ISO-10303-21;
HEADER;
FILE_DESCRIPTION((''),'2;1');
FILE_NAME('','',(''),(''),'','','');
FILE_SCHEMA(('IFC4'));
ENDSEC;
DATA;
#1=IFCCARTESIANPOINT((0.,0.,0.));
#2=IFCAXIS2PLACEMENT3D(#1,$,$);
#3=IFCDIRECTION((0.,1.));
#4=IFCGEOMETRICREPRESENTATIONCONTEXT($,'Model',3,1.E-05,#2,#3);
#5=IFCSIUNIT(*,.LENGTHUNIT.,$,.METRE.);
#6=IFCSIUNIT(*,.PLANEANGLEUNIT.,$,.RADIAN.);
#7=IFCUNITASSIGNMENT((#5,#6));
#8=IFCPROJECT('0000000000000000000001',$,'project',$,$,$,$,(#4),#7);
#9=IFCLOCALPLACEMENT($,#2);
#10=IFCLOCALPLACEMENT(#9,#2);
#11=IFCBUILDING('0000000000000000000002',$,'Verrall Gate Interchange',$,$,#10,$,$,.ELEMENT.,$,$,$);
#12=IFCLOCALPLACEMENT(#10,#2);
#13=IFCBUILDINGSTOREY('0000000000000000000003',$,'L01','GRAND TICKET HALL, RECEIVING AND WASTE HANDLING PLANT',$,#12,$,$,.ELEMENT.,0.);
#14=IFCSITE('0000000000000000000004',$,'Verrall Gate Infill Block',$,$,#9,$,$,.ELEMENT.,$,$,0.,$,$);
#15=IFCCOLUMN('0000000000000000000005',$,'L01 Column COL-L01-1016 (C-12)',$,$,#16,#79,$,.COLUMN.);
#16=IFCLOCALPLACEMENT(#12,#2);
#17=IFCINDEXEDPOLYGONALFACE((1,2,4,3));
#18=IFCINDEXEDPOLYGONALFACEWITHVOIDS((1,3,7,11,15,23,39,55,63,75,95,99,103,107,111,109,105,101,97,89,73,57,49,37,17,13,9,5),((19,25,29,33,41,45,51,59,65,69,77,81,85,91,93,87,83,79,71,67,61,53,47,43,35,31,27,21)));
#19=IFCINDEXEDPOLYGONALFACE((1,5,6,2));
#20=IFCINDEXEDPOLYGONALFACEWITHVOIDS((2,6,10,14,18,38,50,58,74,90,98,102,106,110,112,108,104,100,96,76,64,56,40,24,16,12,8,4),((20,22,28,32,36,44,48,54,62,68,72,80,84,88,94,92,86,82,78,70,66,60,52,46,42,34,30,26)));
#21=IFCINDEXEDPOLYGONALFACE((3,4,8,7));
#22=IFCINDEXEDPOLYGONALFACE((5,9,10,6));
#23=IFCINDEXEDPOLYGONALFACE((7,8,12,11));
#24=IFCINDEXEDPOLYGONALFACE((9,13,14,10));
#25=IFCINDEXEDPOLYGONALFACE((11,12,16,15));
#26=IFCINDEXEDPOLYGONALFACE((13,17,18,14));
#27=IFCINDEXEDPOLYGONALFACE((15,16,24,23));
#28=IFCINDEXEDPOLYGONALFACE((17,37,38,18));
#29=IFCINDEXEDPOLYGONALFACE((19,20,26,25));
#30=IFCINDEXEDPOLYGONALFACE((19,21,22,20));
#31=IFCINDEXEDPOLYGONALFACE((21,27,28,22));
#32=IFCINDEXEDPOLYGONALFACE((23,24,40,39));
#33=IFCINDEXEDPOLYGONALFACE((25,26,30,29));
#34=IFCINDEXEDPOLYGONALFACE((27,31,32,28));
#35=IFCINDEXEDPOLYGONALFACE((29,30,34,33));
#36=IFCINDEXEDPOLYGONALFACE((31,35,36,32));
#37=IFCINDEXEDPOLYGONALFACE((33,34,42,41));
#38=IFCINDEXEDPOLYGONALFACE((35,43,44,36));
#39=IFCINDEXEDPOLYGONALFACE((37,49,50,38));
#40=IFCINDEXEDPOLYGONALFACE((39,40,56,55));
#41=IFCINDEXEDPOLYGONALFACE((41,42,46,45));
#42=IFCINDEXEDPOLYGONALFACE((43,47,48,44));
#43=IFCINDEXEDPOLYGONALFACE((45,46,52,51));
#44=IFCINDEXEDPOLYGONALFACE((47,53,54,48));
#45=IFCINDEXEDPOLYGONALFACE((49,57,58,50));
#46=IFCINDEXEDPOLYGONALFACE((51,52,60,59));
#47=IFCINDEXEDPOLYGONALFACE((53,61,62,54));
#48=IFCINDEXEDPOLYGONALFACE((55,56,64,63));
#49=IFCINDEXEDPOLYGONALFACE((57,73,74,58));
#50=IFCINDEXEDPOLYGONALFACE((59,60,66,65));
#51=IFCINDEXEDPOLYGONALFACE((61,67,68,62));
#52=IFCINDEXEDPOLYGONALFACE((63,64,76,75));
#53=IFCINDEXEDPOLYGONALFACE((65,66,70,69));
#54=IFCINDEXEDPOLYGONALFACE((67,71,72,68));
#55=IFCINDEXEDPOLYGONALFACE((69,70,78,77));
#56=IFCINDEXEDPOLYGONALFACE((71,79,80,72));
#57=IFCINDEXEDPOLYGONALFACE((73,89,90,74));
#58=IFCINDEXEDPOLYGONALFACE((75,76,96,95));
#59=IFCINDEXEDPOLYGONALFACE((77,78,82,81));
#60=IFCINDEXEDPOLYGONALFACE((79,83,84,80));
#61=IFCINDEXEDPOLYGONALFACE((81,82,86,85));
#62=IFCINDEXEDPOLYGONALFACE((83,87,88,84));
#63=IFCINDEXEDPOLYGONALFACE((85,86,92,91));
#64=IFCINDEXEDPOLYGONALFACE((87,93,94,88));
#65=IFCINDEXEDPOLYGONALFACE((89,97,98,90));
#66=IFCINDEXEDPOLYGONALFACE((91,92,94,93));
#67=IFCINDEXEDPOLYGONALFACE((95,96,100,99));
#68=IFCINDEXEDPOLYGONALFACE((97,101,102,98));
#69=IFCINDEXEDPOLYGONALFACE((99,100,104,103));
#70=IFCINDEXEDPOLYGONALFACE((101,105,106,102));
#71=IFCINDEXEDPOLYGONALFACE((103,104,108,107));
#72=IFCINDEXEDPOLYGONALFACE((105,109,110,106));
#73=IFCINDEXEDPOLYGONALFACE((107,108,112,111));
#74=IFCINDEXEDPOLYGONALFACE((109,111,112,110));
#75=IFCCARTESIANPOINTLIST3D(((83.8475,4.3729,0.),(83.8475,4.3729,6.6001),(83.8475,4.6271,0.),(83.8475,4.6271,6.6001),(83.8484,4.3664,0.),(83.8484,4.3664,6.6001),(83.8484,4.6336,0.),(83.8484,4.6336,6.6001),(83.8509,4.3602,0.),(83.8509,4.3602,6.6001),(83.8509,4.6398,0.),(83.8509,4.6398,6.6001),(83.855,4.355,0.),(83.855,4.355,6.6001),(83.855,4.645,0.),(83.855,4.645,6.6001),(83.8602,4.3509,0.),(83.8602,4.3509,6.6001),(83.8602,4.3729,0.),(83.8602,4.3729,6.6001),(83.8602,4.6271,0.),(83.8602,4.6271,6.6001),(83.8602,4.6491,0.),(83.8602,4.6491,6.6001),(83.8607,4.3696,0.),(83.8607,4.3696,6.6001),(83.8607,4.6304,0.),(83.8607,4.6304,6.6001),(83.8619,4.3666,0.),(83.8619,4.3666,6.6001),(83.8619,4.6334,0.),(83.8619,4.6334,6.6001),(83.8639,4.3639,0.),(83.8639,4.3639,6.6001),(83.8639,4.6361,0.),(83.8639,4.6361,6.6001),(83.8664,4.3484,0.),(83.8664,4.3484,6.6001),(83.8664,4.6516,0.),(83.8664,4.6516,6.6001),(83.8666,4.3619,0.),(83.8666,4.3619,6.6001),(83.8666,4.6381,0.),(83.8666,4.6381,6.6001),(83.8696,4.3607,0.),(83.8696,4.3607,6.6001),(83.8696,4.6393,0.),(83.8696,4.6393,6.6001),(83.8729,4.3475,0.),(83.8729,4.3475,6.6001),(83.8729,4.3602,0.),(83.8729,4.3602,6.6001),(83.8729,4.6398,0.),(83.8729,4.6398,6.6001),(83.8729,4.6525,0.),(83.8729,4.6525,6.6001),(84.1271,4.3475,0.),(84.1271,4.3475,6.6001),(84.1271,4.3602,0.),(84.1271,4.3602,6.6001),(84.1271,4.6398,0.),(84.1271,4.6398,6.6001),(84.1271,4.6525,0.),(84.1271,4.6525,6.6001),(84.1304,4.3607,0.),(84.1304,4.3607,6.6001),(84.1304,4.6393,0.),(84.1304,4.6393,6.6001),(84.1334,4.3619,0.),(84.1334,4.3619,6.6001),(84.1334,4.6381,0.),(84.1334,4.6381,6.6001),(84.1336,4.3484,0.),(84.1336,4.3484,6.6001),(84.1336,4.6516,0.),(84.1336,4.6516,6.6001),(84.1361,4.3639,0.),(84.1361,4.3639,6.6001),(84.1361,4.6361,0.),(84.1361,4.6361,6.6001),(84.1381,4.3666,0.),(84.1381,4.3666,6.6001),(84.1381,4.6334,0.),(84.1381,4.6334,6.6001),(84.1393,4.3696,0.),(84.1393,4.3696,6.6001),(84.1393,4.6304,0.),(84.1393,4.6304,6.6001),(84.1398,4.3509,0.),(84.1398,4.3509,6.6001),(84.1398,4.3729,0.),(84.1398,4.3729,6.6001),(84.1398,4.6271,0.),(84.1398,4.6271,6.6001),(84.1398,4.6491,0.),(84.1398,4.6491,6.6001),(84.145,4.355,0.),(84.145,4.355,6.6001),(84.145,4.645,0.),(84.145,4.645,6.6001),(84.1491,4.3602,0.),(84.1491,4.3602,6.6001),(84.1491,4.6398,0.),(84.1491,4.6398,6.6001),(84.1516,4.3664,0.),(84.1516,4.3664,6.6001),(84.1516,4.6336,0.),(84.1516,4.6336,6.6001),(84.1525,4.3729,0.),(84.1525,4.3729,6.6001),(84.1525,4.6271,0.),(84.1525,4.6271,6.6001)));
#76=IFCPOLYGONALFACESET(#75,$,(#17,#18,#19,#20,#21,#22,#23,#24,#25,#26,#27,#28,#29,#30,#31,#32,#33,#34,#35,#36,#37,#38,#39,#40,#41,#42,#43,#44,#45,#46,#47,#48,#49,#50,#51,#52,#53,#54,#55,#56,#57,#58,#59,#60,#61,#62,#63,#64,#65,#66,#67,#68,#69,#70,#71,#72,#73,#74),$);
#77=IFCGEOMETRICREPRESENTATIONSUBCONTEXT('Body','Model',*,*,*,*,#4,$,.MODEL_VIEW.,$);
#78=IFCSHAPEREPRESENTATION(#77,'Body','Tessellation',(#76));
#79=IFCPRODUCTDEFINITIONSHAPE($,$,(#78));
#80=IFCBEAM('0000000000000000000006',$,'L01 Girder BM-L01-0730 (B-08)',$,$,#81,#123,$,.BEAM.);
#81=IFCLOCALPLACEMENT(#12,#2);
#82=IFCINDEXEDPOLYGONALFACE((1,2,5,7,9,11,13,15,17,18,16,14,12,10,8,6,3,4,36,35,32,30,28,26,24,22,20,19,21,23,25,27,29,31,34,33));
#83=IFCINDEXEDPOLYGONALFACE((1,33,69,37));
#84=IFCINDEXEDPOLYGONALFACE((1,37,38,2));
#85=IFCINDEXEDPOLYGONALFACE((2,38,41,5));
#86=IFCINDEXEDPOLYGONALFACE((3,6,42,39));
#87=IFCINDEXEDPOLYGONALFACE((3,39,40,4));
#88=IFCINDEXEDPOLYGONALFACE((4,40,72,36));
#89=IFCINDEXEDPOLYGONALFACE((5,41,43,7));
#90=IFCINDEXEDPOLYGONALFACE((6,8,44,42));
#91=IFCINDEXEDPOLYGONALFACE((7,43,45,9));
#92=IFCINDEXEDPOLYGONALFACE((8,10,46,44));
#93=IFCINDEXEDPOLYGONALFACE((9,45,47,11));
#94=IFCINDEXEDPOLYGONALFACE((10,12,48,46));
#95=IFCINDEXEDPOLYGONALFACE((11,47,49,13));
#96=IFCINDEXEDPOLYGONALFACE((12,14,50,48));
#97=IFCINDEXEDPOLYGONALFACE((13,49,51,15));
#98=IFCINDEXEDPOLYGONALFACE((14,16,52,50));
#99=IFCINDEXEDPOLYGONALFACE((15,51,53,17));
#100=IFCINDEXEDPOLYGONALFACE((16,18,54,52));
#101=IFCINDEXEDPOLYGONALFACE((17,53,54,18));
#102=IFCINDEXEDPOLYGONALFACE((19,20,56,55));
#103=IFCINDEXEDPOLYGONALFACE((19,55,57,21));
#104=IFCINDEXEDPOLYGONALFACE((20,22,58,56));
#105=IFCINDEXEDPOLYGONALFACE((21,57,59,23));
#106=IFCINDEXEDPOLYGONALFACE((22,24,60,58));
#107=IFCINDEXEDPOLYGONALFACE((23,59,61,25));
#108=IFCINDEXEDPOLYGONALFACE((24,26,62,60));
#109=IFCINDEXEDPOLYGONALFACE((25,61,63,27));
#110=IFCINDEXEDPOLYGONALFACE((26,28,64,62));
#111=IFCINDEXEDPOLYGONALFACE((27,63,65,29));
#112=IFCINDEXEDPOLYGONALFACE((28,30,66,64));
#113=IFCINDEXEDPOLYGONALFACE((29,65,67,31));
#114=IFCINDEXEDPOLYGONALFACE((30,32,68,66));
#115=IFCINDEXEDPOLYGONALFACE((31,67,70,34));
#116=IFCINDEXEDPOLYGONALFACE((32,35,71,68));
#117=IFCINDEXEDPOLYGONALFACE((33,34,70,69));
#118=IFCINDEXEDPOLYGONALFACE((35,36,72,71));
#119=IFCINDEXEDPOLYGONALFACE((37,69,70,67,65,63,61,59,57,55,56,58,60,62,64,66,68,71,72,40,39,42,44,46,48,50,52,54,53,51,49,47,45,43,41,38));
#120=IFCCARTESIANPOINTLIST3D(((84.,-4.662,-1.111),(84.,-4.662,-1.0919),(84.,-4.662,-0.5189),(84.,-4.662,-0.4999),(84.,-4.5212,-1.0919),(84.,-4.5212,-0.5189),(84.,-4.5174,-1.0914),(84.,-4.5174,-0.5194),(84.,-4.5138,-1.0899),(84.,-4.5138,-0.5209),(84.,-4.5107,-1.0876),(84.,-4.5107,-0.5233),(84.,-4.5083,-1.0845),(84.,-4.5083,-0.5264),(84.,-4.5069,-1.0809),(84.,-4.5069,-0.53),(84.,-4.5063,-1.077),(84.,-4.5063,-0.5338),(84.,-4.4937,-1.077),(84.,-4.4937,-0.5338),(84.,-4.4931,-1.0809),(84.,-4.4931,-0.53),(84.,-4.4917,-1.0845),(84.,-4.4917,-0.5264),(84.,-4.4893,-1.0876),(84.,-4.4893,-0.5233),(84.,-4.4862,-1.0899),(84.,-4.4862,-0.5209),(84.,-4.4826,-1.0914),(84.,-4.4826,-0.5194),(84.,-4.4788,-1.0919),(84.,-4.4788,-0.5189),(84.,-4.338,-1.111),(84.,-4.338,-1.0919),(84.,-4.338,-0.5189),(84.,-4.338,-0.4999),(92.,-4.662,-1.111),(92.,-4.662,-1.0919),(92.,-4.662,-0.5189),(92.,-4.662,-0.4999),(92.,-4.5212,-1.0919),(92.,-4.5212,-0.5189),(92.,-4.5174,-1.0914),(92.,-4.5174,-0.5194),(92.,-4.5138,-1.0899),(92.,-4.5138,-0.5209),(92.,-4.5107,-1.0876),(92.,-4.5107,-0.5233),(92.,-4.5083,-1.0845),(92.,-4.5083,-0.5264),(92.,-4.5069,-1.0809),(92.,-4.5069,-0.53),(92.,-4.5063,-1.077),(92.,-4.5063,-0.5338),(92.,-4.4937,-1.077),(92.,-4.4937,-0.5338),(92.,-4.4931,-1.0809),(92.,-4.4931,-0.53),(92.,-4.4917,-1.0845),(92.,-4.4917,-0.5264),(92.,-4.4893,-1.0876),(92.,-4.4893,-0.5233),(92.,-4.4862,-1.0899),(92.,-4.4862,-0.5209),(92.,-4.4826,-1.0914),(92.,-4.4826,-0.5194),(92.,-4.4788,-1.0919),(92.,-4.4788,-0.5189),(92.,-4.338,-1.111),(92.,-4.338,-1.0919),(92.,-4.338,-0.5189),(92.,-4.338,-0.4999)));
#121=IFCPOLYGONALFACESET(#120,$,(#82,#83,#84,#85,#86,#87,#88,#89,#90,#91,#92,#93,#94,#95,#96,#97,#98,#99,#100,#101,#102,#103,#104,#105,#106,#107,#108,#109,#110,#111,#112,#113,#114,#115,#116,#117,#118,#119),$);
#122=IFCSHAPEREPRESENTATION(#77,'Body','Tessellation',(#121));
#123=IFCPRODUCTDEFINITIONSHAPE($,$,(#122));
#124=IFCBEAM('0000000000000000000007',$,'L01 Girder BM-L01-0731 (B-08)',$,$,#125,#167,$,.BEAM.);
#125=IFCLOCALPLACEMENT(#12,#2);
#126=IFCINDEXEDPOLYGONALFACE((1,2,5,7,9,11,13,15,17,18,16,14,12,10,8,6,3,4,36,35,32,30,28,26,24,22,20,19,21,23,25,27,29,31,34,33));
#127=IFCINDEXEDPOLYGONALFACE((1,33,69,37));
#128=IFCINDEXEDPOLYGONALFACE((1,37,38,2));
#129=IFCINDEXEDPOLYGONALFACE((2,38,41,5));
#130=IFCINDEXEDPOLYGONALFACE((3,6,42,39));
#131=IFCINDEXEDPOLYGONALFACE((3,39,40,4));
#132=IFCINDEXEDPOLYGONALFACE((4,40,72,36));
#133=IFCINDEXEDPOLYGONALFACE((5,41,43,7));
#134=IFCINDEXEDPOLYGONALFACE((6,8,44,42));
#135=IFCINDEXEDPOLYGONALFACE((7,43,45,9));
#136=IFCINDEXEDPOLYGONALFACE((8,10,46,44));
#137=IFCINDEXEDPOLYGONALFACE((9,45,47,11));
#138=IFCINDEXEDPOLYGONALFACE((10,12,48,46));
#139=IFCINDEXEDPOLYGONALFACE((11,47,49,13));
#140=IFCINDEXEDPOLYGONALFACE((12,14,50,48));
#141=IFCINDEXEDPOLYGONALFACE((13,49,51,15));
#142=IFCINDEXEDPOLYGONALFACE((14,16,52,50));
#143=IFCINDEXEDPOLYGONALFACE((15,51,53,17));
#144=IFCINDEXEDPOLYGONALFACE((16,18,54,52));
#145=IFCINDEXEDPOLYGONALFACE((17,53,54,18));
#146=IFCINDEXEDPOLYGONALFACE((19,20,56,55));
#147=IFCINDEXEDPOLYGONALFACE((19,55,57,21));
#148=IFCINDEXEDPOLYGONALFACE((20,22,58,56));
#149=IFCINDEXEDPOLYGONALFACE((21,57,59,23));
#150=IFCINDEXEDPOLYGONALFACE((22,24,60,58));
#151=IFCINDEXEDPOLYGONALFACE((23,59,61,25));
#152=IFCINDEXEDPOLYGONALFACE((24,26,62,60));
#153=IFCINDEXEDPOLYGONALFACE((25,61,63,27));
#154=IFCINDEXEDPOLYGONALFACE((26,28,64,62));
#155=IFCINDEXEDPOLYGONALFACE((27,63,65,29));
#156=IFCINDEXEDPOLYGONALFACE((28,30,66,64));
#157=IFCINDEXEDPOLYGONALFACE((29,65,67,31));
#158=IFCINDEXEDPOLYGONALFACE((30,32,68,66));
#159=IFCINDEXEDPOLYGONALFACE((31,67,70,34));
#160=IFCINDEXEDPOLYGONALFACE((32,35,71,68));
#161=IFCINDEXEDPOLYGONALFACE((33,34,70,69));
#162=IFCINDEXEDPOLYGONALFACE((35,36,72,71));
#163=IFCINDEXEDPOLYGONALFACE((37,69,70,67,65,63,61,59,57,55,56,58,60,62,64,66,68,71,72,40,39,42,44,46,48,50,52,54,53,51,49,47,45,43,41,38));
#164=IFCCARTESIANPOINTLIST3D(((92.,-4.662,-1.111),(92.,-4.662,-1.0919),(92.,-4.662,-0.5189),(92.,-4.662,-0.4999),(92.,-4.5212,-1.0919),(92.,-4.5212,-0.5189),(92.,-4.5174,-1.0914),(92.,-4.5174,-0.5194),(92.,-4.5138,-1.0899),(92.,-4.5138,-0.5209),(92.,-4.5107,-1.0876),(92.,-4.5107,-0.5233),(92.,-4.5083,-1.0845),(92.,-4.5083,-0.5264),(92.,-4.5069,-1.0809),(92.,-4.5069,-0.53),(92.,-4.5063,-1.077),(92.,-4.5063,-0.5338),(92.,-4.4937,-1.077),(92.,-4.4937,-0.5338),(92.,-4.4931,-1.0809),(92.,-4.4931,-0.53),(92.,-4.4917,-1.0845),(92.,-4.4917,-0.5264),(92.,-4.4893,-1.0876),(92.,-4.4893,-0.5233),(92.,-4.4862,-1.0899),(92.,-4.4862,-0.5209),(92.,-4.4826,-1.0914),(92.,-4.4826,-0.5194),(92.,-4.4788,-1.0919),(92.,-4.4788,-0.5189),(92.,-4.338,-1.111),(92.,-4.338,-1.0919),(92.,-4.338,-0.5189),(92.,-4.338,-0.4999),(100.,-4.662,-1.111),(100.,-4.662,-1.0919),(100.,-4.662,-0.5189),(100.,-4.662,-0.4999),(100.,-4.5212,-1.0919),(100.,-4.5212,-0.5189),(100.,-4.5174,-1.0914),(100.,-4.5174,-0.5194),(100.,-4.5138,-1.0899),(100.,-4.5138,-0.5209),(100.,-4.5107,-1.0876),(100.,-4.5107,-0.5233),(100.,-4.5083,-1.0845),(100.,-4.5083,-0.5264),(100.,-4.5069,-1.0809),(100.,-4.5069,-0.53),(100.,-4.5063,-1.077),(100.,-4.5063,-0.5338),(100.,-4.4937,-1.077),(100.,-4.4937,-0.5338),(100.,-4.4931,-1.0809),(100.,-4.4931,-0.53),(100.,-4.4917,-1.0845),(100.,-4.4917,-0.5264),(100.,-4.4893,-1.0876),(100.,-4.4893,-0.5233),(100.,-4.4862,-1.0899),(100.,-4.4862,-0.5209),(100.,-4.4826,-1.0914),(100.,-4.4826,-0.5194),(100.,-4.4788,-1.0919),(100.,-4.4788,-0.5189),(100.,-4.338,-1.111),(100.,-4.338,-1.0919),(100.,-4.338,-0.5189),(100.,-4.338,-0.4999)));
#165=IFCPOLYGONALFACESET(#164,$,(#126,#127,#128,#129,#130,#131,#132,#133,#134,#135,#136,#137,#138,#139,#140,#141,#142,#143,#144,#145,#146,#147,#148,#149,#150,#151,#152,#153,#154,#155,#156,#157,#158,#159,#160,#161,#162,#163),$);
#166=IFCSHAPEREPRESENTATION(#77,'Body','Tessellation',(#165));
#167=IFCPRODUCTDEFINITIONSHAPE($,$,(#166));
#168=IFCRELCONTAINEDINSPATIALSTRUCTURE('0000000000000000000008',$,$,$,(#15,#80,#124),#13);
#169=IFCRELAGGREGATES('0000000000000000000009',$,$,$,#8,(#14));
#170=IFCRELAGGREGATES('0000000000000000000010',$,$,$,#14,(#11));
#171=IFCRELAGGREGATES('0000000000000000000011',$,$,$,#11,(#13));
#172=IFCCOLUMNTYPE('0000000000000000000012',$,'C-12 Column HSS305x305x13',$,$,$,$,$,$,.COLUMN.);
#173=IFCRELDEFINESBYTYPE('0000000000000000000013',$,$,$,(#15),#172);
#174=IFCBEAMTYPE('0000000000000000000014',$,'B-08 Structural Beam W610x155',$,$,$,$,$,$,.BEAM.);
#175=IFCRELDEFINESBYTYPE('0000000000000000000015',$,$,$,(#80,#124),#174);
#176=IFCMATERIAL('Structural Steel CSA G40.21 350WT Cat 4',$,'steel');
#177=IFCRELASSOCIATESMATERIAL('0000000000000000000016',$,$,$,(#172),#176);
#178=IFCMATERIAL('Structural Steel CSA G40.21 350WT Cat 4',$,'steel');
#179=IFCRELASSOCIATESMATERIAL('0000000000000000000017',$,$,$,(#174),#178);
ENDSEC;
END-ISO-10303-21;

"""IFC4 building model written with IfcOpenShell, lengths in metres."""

from ifc_helpers import new_model, si_unit, direction, frame, origin, origin_2d, place, context, subcontext, project, spatial, hollow_rectangle, i_section, extrude, material, material_profile, profile_set, type_object, element, save


model = new_model("IFC4")

# Units and contexts
model_context = context("Model", 3, precision=1e-05, world=origin(), true_north=direction((0.0, 1.0)))
body_context = subcontext(model_context, "Body", "Model", "MODEL_VIEW")
ifc_project = project(units=[si_unit("LENGTHUNIT", "METRE"), si_unit("PLANEANGLEUNIT", "RADIAN")], contexts=[model_context])

# Site, building, storey
site_placement = place(None, origin())
site = spatial("IfcSite", under=ifc_project, at=site_placement, Name="Verrall Gate Infill Block", CompositionType="ELEMENT", RefElevation=0.0)
building_placement = place(site_placement, origin())
building = spatial("IfcBuilding", under=site, at=building_placement, Name="Verrall Gate Interchange", CompositionType="ELEMENT")
storey_placement = place(building_placement, origin())
storey = spatial("IfcBuildingStorey", under=building, at=storey_placement, Name="L01", Description="GRAND TICKET HALL, RECEIVING AND WASTE HANDLING PLANT", CompositionType="ELEMENT", Elevation=0.0)

# Column
ifc_material_1 = material(Name="Structural Steel CSA G40.21 350WT Cat 4", Category="steel")
ifc_material_profile_1 = material_profile(ifc_material_1, hollow_rectangle(XDim=0.3049, YDim=0.3049, WallThickness=0.0127, InnerFilletRadius=0.0127, OuterFilletRadius=0.0254, at=origin_2d()), Name="HSS305x305x13")
ifc_profile_set_1 = profile_set([ifc_material_profile_1], Name="Structural Steel CSA G40.21 350WT Cat 4")
column_type_1 = type_object("IfcColumnType", Name="C-12 Column HSS305x305x13", PredefinedType="COLUMN", material=ifc_profile_set_1)
for number, where, z_axis, x_axis, name in (
    (1, (84.0, 4.5, 0.0), (0.0, 0.0, 1.0), (1.0, 0.0, 0.0), "L01 Column COL-L01-1016 (C-12)"),
):
    element("IfcColumn", number, at=place(storey_placement, frame(where, z_axis=z_axis, x_axis=x_axis)), inside=storey, type_object=column_type_1, Name=name, PredefinedType="COLUMN", context=body_context, shape_type="SweptSolid", body=[
        extrude(hollow_rectangle(XDim=0.3049, YDim=0.3049, WallThickness=0.0127, InnerFilletRadius=0.0127, OuterFilletRadius=0.0254, at=origin_2d()), origin(), (0.0, 0.0, 1.0), 6.6001),
    ])

# Beams
ifc_material_2 = material(Name="Structural Steel CSA G40.21 350WT Cat 4", Category="steel")
ifc_material_profile_2 = material_profile(ifc_material_2, i_section(OverallWidth=0.324, OverallDepth=0.6111, WebThickness=0.0127, FlangeThickness=0.019, FilletRadius=0.0149, at=origin_2d()), Name="W610x155")
ifc_profile_set_2 = profile_set([ifc_material_profile_2], Name="Structural Steel CSA G40.21 350WT Cat 4")
beam_type_1 = type_object("IfcBeamType", Name="B-08 Structural Beam W610x155", PredefinedType="BEAM", material=ifc_profile_set_2)
for number, where, z_axis, x_axis, name in (
    (2, (84.0, -4.5, -0.8054), (1.0, 0.0, 0.0), (0.0, 1.0, 0.0), "L01 Girder BM-L01-0730 (B-08)"),
    (3, (92.0, -4.5, -0.8054), (1.0, 0.0, 0.0), (0.0, 1.0, 0.0), "L01 Girder BM-L01-0731 (B-08)"),
):
    element("IfcBeam", number, at=place(storey_placement, frame(where, z_axis=z_axis, x_axis=x_axis)), inside=storey, type_object=beam_type_1, Name=name, PredefinedType="BEAM", context=body_context, shape_type="SweptSolid", body=[
        extrude(i_section(OverallWidth=0.324, OverallDepth=0.6111, WebThickness=0.0127, FlangeThickness=0.019, FilletRadius=0.0149, at=origin_2d()), origin(), (0.0, 0.0, 1.0), 8.0),
    ])

save(model, "model.ifc")
